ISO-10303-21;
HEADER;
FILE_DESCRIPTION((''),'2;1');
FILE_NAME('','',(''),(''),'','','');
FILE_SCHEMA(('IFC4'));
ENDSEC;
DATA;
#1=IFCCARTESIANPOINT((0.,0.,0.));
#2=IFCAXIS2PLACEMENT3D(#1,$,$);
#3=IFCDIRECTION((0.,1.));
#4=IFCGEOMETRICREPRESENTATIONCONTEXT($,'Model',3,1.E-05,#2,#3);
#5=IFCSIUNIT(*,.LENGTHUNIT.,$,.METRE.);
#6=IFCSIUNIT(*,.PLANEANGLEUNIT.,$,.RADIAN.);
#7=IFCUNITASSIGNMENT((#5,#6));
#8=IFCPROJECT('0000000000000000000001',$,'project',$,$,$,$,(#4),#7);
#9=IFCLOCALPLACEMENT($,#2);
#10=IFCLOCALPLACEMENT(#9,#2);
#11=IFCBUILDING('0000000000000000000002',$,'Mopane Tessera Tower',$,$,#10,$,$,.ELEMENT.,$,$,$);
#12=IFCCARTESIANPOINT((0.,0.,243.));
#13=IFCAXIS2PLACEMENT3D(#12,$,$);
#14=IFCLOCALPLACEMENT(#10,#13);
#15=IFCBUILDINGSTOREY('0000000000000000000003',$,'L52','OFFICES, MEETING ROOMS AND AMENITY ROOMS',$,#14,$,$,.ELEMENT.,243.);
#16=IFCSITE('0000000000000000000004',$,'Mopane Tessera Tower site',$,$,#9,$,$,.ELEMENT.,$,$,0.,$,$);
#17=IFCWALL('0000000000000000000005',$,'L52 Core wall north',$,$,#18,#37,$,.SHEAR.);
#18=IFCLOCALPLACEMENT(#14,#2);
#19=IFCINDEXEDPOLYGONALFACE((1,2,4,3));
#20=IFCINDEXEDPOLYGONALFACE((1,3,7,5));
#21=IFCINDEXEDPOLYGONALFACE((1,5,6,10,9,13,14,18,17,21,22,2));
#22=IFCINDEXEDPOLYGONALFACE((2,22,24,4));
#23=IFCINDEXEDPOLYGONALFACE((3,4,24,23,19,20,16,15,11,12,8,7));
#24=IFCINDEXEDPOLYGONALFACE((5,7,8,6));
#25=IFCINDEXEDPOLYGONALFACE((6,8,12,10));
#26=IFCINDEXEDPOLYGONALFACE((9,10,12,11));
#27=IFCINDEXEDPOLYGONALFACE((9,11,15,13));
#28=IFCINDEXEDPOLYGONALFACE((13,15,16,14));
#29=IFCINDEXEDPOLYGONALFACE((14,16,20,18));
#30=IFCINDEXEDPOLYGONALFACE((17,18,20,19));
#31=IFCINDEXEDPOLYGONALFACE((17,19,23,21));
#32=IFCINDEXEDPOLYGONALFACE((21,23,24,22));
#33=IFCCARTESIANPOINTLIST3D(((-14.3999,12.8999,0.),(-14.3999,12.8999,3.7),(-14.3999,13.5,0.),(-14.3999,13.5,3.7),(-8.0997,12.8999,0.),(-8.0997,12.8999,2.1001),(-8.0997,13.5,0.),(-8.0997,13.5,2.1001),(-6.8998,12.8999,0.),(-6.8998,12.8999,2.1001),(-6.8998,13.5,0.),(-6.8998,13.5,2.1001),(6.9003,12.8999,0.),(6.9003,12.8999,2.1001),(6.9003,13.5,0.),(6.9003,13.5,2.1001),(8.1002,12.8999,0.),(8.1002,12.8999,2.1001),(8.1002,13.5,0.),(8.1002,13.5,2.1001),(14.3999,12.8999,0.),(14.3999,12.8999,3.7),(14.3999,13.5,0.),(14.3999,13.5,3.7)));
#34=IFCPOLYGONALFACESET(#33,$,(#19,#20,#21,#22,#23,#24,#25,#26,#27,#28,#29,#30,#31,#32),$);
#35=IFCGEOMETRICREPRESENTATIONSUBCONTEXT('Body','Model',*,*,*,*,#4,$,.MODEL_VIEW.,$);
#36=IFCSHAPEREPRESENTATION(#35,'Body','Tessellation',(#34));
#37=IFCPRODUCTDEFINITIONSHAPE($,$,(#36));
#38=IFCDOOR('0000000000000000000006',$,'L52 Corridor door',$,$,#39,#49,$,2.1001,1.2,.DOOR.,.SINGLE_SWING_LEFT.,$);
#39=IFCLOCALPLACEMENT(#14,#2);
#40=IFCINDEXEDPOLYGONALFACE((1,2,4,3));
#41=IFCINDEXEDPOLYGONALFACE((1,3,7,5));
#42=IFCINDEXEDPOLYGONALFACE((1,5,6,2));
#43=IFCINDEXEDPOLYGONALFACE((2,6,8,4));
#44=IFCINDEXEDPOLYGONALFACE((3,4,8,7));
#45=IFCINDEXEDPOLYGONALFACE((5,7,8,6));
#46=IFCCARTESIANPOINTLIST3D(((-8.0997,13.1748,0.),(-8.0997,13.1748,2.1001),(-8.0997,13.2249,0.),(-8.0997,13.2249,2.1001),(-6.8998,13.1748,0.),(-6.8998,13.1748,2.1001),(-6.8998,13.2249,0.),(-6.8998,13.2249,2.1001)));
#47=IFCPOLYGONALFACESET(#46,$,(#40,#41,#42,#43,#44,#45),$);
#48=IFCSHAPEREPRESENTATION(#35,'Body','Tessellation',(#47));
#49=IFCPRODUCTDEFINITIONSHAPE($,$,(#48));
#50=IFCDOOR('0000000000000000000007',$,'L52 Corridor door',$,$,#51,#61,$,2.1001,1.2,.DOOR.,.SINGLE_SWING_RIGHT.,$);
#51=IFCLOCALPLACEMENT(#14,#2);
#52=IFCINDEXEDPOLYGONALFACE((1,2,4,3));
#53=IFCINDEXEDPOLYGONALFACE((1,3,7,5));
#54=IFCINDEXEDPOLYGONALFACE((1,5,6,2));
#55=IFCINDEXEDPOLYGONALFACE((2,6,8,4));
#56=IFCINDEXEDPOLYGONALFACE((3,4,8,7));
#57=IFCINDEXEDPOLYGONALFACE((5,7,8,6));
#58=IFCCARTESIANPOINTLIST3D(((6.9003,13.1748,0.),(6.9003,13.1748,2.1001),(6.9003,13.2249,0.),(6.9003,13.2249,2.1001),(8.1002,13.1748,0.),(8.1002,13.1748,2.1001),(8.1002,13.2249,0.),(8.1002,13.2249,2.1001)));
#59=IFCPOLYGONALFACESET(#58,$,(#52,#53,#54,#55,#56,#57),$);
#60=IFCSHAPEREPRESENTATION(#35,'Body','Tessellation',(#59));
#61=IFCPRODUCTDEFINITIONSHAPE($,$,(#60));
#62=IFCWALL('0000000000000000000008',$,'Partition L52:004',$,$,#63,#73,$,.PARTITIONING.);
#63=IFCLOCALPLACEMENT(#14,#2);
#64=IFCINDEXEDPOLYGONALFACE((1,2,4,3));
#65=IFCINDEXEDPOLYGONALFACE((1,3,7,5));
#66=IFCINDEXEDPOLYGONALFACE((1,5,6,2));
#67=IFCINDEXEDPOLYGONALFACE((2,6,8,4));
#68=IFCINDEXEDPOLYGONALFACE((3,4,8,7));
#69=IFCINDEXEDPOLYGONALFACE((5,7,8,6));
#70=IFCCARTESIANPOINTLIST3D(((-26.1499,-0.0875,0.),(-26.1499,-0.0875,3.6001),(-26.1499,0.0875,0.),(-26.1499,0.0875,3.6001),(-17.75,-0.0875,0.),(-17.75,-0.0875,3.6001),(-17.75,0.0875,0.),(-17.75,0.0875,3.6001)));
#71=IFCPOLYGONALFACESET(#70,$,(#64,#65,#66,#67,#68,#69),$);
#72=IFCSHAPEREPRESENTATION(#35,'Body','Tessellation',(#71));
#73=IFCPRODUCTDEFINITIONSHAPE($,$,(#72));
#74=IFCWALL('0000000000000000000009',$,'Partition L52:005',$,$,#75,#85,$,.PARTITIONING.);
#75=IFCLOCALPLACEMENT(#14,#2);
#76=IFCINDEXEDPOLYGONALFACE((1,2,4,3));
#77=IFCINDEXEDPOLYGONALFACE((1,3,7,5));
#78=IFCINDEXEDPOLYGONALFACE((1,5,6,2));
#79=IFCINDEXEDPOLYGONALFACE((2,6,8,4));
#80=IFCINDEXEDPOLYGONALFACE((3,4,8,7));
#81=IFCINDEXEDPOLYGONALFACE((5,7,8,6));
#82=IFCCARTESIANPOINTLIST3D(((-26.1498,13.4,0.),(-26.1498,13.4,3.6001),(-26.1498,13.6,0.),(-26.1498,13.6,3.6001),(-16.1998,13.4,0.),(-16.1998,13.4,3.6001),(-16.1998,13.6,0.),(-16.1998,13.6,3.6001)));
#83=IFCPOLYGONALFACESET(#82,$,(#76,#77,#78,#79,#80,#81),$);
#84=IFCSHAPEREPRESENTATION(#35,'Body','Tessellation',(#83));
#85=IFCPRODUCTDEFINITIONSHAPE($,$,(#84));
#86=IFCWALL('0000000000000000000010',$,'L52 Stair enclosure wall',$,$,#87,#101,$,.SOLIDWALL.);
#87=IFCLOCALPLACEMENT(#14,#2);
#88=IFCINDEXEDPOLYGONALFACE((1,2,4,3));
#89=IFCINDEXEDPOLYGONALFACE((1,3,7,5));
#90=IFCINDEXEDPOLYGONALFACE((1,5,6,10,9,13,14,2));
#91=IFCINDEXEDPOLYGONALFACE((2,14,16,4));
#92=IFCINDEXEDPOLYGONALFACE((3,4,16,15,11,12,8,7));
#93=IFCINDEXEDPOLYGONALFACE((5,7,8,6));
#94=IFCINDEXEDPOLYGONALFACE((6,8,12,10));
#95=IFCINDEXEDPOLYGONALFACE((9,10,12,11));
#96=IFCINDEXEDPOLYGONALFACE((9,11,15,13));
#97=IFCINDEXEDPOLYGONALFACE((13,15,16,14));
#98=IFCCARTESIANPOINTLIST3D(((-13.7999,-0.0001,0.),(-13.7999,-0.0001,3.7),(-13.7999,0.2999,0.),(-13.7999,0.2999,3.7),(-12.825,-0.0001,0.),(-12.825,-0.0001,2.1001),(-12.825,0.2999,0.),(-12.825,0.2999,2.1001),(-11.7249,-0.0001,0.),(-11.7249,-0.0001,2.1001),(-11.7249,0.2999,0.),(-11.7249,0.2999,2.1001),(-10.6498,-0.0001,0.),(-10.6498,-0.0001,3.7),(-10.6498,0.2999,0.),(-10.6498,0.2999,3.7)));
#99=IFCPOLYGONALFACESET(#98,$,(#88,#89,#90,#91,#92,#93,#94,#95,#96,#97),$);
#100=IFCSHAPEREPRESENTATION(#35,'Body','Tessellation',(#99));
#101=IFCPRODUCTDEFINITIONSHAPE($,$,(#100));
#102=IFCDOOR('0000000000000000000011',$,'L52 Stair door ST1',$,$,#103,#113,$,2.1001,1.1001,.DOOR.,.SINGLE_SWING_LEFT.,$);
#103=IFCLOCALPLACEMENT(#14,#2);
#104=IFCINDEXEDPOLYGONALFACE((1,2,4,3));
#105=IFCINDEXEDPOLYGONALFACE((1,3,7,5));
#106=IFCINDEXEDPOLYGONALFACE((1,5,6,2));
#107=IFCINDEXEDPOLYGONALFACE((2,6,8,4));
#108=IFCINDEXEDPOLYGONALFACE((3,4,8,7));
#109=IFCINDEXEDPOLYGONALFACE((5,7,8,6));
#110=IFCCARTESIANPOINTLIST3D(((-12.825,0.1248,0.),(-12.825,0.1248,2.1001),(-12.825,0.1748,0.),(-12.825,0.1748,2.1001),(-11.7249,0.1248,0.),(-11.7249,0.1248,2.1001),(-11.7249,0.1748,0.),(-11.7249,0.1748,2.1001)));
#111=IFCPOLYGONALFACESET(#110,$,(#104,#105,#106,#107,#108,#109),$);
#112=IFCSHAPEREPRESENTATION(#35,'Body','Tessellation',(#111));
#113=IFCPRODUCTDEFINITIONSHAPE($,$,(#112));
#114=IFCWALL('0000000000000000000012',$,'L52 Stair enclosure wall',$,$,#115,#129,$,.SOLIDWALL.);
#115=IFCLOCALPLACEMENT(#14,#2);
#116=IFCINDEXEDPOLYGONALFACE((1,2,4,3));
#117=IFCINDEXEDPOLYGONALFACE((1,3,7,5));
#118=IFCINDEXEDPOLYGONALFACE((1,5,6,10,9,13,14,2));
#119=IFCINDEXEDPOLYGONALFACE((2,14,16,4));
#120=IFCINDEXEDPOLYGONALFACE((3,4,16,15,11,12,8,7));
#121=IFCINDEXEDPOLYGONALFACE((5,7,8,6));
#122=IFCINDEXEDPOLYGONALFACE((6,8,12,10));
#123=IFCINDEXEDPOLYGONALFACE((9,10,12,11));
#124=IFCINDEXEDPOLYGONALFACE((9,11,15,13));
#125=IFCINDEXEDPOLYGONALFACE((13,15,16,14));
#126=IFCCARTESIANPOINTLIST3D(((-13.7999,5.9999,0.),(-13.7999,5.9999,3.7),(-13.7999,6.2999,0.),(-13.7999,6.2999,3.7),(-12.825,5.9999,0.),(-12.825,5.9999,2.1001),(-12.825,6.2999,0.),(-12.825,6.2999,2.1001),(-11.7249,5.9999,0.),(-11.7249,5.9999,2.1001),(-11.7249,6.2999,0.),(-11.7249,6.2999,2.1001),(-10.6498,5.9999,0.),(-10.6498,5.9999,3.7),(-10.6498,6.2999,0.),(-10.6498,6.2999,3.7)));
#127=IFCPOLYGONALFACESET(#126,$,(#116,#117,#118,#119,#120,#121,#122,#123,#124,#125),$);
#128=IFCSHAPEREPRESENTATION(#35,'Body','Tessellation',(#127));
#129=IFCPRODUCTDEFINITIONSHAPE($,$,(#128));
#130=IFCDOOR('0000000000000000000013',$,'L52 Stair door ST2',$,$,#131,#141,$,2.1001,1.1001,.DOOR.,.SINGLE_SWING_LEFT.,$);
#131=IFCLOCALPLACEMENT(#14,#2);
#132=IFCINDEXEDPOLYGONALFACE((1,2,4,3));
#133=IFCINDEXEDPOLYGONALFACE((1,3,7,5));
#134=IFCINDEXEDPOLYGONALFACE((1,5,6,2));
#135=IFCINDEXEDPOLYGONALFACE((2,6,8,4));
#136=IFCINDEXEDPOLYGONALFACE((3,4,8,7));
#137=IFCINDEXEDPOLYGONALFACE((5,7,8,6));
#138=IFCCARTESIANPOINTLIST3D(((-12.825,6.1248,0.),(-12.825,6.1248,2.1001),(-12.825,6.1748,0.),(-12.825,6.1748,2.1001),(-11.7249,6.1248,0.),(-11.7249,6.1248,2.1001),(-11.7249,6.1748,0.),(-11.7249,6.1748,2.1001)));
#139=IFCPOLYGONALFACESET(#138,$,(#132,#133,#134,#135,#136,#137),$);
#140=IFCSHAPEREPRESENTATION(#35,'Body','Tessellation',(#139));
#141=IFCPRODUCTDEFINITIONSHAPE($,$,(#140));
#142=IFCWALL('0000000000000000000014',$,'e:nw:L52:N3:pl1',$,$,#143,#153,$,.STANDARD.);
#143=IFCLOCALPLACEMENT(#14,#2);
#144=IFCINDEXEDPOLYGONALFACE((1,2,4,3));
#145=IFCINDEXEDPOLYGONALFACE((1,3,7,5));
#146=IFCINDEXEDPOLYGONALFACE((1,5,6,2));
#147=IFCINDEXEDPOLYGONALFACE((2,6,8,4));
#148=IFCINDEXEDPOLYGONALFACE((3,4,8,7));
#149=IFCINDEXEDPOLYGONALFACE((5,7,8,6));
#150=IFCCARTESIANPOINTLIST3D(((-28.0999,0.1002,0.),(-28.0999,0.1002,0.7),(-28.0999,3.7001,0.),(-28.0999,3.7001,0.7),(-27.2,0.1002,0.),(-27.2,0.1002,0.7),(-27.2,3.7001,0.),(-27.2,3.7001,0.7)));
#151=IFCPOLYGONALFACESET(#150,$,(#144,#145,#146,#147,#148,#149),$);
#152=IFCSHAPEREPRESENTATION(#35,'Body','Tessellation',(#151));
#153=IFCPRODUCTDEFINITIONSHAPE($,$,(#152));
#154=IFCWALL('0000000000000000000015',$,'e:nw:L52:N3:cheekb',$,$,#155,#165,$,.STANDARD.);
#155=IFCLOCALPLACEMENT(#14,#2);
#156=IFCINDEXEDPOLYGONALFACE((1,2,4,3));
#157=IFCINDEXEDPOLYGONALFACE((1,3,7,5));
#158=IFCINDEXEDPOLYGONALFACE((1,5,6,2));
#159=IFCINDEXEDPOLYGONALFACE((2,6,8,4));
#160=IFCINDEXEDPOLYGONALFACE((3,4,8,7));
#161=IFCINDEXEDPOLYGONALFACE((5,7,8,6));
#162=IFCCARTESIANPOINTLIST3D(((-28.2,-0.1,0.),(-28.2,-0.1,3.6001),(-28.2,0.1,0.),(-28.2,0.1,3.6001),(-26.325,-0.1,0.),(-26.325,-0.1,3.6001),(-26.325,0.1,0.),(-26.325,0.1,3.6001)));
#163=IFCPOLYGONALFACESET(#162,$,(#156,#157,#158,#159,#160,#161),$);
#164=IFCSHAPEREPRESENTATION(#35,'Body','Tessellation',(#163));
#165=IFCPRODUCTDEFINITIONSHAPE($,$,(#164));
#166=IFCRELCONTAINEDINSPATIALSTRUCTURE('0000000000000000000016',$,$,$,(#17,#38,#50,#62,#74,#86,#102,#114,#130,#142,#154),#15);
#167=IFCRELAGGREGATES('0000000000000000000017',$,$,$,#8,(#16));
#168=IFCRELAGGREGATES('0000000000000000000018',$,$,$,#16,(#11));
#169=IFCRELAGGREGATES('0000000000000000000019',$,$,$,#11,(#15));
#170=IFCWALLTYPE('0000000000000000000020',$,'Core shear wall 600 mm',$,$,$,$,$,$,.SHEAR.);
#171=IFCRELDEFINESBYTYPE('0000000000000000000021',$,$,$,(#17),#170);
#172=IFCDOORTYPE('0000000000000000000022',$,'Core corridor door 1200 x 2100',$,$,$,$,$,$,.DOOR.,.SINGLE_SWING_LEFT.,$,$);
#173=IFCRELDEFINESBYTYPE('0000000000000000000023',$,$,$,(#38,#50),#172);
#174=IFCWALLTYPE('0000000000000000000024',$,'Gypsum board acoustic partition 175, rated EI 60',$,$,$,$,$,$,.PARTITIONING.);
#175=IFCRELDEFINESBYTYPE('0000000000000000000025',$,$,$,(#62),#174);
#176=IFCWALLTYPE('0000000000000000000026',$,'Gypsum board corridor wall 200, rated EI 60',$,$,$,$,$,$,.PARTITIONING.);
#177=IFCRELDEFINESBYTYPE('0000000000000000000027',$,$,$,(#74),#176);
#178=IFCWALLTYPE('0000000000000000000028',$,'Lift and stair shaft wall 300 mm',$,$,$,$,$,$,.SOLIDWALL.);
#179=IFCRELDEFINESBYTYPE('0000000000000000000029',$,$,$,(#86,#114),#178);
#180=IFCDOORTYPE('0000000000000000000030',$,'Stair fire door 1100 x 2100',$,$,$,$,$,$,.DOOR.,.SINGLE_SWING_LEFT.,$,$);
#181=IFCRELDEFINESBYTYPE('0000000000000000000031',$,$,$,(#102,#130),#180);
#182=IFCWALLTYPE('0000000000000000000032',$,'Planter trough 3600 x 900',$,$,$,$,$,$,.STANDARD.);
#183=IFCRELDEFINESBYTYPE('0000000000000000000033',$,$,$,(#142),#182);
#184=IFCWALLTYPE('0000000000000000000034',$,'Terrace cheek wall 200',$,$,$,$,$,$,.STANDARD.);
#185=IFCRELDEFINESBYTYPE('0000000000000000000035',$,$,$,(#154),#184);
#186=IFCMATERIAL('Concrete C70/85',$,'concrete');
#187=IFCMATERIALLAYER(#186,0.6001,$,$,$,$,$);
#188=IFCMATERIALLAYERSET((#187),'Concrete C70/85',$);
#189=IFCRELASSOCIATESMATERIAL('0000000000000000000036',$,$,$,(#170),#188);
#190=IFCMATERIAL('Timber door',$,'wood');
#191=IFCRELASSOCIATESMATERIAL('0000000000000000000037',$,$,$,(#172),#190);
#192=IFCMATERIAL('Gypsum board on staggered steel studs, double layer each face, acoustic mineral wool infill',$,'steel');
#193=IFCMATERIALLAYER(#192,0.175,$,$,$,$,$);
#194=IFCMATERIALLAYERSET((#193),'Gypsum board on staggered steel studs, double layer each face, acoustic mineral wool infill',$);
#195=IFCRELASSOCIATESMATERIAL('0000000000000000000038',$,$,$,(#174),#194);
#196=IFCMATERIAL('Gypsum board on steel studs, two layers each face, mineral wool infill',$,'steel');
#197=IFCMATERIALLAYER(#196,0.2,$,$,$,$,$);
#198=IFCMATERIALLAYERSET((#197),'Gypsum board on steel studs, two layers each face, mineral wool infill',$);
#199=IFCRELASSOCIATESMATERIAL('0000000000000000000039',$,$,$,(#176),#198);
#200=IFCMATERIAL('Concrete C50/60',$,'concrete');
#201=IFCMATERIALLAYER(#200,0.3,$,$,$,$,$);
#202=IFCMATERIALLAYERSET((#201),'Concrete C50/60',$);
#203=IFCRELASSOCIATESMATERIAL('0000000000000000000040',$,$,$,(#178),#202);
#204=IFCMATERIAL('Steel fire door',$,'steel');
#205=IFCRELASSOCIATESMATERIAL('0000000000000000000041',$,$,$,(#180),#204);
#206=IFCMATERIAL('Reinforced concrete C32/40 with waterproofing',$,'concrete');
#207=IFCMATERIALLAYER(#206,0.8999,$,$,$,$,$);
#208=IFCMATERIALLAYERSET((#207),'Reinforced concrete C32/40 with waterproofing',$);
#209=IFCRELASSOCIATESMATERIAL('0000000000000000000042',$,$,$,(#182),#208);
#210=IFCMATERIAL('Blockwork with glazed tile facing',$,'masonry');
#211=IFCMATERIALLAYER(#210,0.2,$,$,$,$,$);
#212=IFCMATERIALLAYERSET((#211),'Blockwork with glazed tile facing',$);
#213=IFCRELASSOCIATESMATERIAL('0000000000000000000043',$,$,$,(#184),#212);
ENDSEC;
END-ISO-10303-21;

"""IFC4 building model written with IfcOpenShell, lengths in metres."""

from ifc_helpers import new_model, si_unit, direction, frame, frame_2d, origin, place, context, subcontext, project, spatial, rectangle, extrude, material, layer, layer_set, type_object, element, fill, save


model = new_model("IFC4")

# Units and contexts
model_context = context("Model", 3, precision=1e-05, world=origin(), true_north=direction((0.0, 1.0)))
body_context = subcontext(model_context, "Body", "Model", "MODEL_VIEW")
ifc_project = project(units=[si_unit("LENGTHUNIT", "METRE"), si_unit("PLANEANGLEUNIT", "RADIAN")], contexts=[model_context])

# Site, building, storey
site_placement = place(None, origin())
site = spatial("IfcSite", under=ifc_project, at=site_placement, Name="Mopane Tessera Tower site", CompositionType="ELEMENT", RefElevation=0.0)
building_placement = place(site_placement, origin())
building = spatial("IfcBuilding", under=site, at=building_placement, Name="Mopane Tessera Tower", CompositionType="ELEMENT")
storey_placement = place(building_placement, frame((0.0, 0.0, 243.0)))
storey = spatial("IfcBuildingStorey", under=building, at=storey_placement, Name="L52", Description="OFFICES, MEETING ROOMS AND AMENITY ROOMS", CompositionType="ELEMENT", Elevation=243.0)

# Wall, openings, doors
ifc_material_1 = material(Name="Concrete C70/85", Category="concrete")
ifc_layer_1 = layer(ifc_material_1, 0.6001)
ifc_layer_set_1 = layer_set([ifc_layer_1], Name="Concrete C70/85")
wall_type_1 = type_object("IfcWallType", Name="Core shear wall 600 mm", PredefinedType="SHEAR", material=ifc_layer_set_1)
wall_1_placement = place(storey_placement, frame((-14.3999, 13.2, 0.0), z_axis=(0.0, 0.0, 1.0), x_axis=(1.0, 0.0, 0.0)))
wall_1 = element("IfcWall", 1, at=wall_1_placement, inside=storey, type_object=wall_type_1, Name="L52 Core wall north", PredefinedType="SHEAR", context=body_context, shape_type="SweptSolid", body=[
    extrude(rectangle(XDim=28.7998, YDim=0.6001, at=frame_2d((14.3999, 0.0))), origin(), (0.0, 0.0, 1.0), 3.7),
])
opening_1_placement = place(wall_1_placement, frame((6.3, 0.0, 0.0)))
opening_1 = element("IfcOpeningElement", 2, at=opening_1_placement, cuts=wall_1, PredefinedType="OPENING", context=body_context, shape_type="SweptSolid", body=[
    extrude(rectangle(XDim=1.2, YDim=2.1001, at=frame_2d((0.6001, 1.05))), frame((0.0, 0.312, 0.0), z_axis=(0.0, -1.0, 0.0), x_axis=(1.0, 0.0, 0.0)), (0.0, 0.0, 1.0), 0.624),
])
opening_2_placement = place(wall_1_placement, frame((21.3, 0.0, 0.0)))
opening_2 = element("IfcOpeningElement", 3, at=opening_2_placement, cuts=wall_1, PredefinedType="OPENING", context=body_context, shape_type="SweptSolid", body=[
    extrude(rectangle(XDim=1.2, YDim=2.1001, at=frame_2d((0.6001, 1.05))), frame((0.0, 0.312, 0.0), z_axis=(0.0, -1.0, 0.0), x_axis=(1.0, 0.0, 0.0)), (0.0, 0.0, 1.0), 0.624),
])
ifc_material_2 = material(Name="Timber door", Category="wood")
door_type_1 = type_object("IfcDoorType", Name="Core corridor door 1200 x 2100", OperationType="SINGLE_SWING_LEFT", PredefinedType="DOOR", material=ifc_material_2)
door_1_placement = place(opening_1_placement, origin())
door_1 = element("IfcDoor", 4, at=door_1_placement, inside=storey, type_object=door_type_1, Name="L52 Corridor door", OperationType="SINGLE_SWING_LEFT", OverallHeight=2.1001, OverallWidth=1.2, PredefinedType="DOOR", context=body_context, shape_type="SweptSolid", body=[
    extrude(rectangle(XDim=1.2, YDim=2.1001, at=frame_2d((0.6001, 1.05))), frame((0.0, 0.0249, 0.0), z_axis=(0.0, -1.0, 0.0), x_axis=(1.0, 0.0, 0.0)), (0.0, 0.0, 1.0), 0.05),
])
fill(opening_1, door_1)
door_2_placement = place(opening_2_placement, origin())
door_2 = element("IfcDoor", 5, at=door_2_placement, inside=storey, type_object=door_type_1, Name="L52 Corridor door", OperationType="SINGLE_SWING_RIGHT", OverallHeight=2.1001, OverallWidth=1.2, PredefinedType="DOOR", context=body_context, shape_type="SweptSolid", body=[
    extrude(rectangle(XDim=1.2, YDim=2.1001, at=frame_2d((0.6001, 1.05))), frame((0.0, 0.0249, 0.0), z_axis=(0.0, -1.0, 0.0), x_axis=(1.0, 0.0, 0.0)), (0.0, 0.0, 1.0), 0.05),
])
fill(opening_2, door_2)

# Walls
ifc_material_3 = material(Name="Gypsum board on staggered steel studs, double layer each face, acoustic mineral wool infill", Category="steel")
ifc_layer_2 = layer(ifc_material_3, 0.175)
ifc_layer_set_2 = layer_set([ifc_layer_2], Name="Gypsum board on staggered steel studs, double layer each face, acoustic mineral wool infill")
wall_type_2 = type_object("IfcWallType", Name="Gypsum board acoustic partition 175, rated EI 60", PredefinedType="PARTITIONING", material=ifc_layer_set_2)
wall_2_placement = place(storey_placement, frame((-26.1499, 0.0, 0.0), z_axis=(0.0, 0.0, 1.0), x_axis=(1.0, 0.0, 0.0)))
element("IfcWall", 6, at=wall_2_placement, inside=storey, type_object=wall_type_2, Name="Partition L52:004", PredefinedType="PARTITIONING", context=body_context, shape_type="SweptSolid", body=[
    extrude(rectangle(XDim=8.3999, YDim=0.175, at=frame_2d((4.2, 0.0))), origin(), (0.0, 0.0, 1.0), 3.6001),
])
ifc_material_4 = material(Name="Gypsum board on steel studs, two layers each face, mineral wool infill", Category="steel")
ifc_layer_3 = layer(ifc_material_4, 0.2)
ifc_layer_set_3 = layer_set([ifc_layer_3], Name="Gypsum board on steel studs, two layers each face, mineral wool infill")
wall_type_3 = type_object("IfcWallType", Name="Gypsum board corridor wall 200, rated EI 60", PredefinedType="PARTITIONING", material=ifc_layer_set_3)
wall_3_placement = place(storey_placement, frame((-26.1499, 13.5, 0.0), z_axis=(0.0, 0.0, 1.0), x_axis=(1.0, 0.0, 0.0)))
element("IfcWall", 7, at=wall_3_placement, inside=storey, type_object=wall_type_3, Name="Partition L52:005", PredefinedType="PARTITIONING", context=body_context, shape_type="SweptSolid", body=[
    extrude(rectangle(XDim=9.95, YDim=0.2, at=frame_2d((4.9751, 0.0))), origin(), (0.0, 0.0, 1.0), 3.6001),
])

# Walls, openings, doors
ifc_material_5 = material(Name="Concrete C50/60", Category="concrete")
ifc_layer_4 = layer(ifc_material_5, 0.3)
ifc_layer_set_4 = layer_set([ifc_layer_4], Name="Concrete C50/60")
wall_type_4 = type_object("IfcWallType", Name="Lift and stair shaft wall 300 mm", PredefinedType="SOLIDWALL", material=ifc_layer_set_4)
wall_4_placement = place(storey_placement, frame((-13.8, 0.1499, 0.0), z_axis=(0.0, 0.0, 1.0), x_axis=(1.0, 0.0, 0.0)))
wall_4 = element("IfcWall", 8, at=wall_4_placement, inside=storey, type_object=wall_type_4, Name="L52 Stair enclosure wall", PredefinedType="SOLIDWALL", context=body_context, shape_type="SweptSolid", body=[
    extrude(rectangle(XDim=3.1501, YDim=0.3, at=frame_2d((1.5752, 0.0))), origin(), (0.0, 0.0, 1.0), 3.7),
])
opening_3_placement = place(wall_4_placement, frame((0.9751, 0.0, 0.0)))
opening_3 = element("IfcOpeningElement", 9, at=opening_3_placement, cuts=wall_4, PredefinedType="OPENING", context=body_context, shape_type="SweptSolid", body=[
    extrude(rectangle(XDim=1.1001, YDim=2.1001, at=frame_2d((0.55, 1.05))), frame((0.0, 0.1621, 0.0), z_axis=(0.0, -1.0, 0.0), x_axis=(1.0, 0.0, 0.0)), (0.0, 0.0, 1.0), 0.324),
])
ifc_material_6 = material(Name="Steel fire door", Category="steel")
door_type_2 = type_object("IfcDoorType", Name="Stair fire door 1100 x 2100", OperationType="SINGLE_SWING_LEFT", PredefinedType="DOOR", material=ifc_material_6)
door_3_placement = place(opening_3_placement, origin())
door_3 = element("IfcDoor", 10, at=door_3_placement, inside=storey, type_object=door_type_2, Name="L52 Stair door ST1", OperationType="SINGLE_SWING_LEFT", OverallHeight=2.1001, OverallWidth=1.1001, PredefinedType="DOOR", context=body_context, shape_type="SweptSolid", body=[
    extrude(rectangle(XDim=1.1001, YDim=2.1001, at=frame_2d((0.55, 1.05))), frame((0.0, 0.0249, 0.0), z_axis=(0.0, -1.0, 0.0), x_axis=(1.0, 0.0, 0.0)), (0.0, 0.0, 1.0), 0.05),
])
fill(opening_3, door_3)
wall_5_placement = place(storey_placement, frame((-13.8, 6.1499, 0.0), z_axis=(0.0, 0.0, 1.0), x_axis=(1.0, 0.0, 0.0)))
wall_5 = element("IfcWall", 11, at=wall_5_placement, inside=storey, type_object=wall_type_4, Name="L52 Stair enclosure wall", PredefinedType="SOLIDWALL", context=body_context, shape_type="SweptSolid", body=[
    extrude(rectangle(XDim=3.1501, YDim=0.3, at=frame_2d((1.5752, 0.0))), origin(), (0.0, 0.0, 1.0), 3.7),
])
opening_4_placement = place(wall_5_placement, frame((0.9751, 0.0, 0.0)))
opening_4 = element("IfcOpeningElement", 12, at=opening_4_placement, cuts=wall_5, PredefinedType="OPENING", context=body_context, shape_type="SweptSolid", body=[
    extrude(rectangle(XDim=1.1001, YDim=2.1001, at=frame_2d((0.55, 1.05))), frame((0.0, 0.1621, 0.0), z_axis=(0.0, -1.0, 0.0), x_axis=(1.0, 0.0, 0.0)), (0.0, 0.0, 1.0), 0.324),
])
door_4_placement = place(opening_4_placement, origin())
door_4 = element("IfcDoor", 13, at=door_4_placement, inside=storey, type_object=door_type_2, Name="L52 Stair door ST2", OperationType="SINGLE_SWING_LEFT", OverallHeight=2.1001, OverallWidth=1.1001, PredefinedType="DOOR", context=body_context, shape_type="SweptSolid", body=[
    extrude(rectangle(XDim=1.1001, YDim=2.1001, at=frame_2d((0.55, 1.05))), frame((0.0, 0.0249, 0.0), z_axis=(0.0, -1.0, 0.0), x_axis=(1.0, 0.0, 0.0)), (0.0, 0.0, 1.0), 0.05),
])
fill(opening_4, door_4)

# Walls
ifc_material_7 = material(Name="Reinforced concrete C32/40 with waterproofing", Category="concrete")
ifc_layer_5 = layer(ifc_material_7, 0.8999)
ifc_layer_set_5 = layer_set([ifc_layer_5], Name="Reinforced concrete C32/40 with waterproofing")
wall_type_5 = type_object("IfcWallType", Name="Planter trough 3600 x 900", PredefinedType="STANDARD", material=ifc_layer_set_5)
wall_6_placement = place(storey_placement, frame((-27.6499, 3.7, 0.0), z_axis=(0.0, 0.0, 1.0), x_axis=(0.0, -1.0, 0.0)))
element("IfcWall", 14, at=wall_6_placement, inside=storey, type_object=wall_type_5, Name="e:nw:L52:N3:pl1", PredefinedType="STANDARD", context=body_context, shape_type="SweptSolid", body=[
    extrude(rectangle(XDim=3.5999, YDim=0.8999, at=frame_2d((1.7998, 0.0))), origin(), (0.0, 0.0, 1.0), 0.7),
])
ifc_material_8 = material(Name="Blockwork with glazed tile facing", Category="masonry")
ifc_layer_6 = layer(ifc_material_8, 0.2)
ifc_layer_set_6 = layer_set([ifc_layer_6], Name="Blockwork with glazed tile facing")
wall_type_6 = type_object("IfcWallType", Name="Terrace cheek wall 200", PredefinedType="STANDARD", material=ifc_layer_set_6)
wall_7_placement = place(storey_placement, frame((-28.2, 0.0, 0.0), z_axis=(0.0, 0.0, 1.0), x_axis=(1.0, 0.0, 0.0)))
element("IfcWall", 15, at=wall_7_placement, inside=storey, type_object=wall_type_6, Name="e:nw:L52:N3:cheekb", PredefinedType="STANDARD", context=body_context, shape_type="SweptSolid", body=[
    extrude(rectangle(XDim=1.875, YDim=0.2, at=frame_2d((0.9375, 0.0))), origin(), (0.0, 0.0, 1.0), 3.6001),
])

save(model, "model.ifc")
